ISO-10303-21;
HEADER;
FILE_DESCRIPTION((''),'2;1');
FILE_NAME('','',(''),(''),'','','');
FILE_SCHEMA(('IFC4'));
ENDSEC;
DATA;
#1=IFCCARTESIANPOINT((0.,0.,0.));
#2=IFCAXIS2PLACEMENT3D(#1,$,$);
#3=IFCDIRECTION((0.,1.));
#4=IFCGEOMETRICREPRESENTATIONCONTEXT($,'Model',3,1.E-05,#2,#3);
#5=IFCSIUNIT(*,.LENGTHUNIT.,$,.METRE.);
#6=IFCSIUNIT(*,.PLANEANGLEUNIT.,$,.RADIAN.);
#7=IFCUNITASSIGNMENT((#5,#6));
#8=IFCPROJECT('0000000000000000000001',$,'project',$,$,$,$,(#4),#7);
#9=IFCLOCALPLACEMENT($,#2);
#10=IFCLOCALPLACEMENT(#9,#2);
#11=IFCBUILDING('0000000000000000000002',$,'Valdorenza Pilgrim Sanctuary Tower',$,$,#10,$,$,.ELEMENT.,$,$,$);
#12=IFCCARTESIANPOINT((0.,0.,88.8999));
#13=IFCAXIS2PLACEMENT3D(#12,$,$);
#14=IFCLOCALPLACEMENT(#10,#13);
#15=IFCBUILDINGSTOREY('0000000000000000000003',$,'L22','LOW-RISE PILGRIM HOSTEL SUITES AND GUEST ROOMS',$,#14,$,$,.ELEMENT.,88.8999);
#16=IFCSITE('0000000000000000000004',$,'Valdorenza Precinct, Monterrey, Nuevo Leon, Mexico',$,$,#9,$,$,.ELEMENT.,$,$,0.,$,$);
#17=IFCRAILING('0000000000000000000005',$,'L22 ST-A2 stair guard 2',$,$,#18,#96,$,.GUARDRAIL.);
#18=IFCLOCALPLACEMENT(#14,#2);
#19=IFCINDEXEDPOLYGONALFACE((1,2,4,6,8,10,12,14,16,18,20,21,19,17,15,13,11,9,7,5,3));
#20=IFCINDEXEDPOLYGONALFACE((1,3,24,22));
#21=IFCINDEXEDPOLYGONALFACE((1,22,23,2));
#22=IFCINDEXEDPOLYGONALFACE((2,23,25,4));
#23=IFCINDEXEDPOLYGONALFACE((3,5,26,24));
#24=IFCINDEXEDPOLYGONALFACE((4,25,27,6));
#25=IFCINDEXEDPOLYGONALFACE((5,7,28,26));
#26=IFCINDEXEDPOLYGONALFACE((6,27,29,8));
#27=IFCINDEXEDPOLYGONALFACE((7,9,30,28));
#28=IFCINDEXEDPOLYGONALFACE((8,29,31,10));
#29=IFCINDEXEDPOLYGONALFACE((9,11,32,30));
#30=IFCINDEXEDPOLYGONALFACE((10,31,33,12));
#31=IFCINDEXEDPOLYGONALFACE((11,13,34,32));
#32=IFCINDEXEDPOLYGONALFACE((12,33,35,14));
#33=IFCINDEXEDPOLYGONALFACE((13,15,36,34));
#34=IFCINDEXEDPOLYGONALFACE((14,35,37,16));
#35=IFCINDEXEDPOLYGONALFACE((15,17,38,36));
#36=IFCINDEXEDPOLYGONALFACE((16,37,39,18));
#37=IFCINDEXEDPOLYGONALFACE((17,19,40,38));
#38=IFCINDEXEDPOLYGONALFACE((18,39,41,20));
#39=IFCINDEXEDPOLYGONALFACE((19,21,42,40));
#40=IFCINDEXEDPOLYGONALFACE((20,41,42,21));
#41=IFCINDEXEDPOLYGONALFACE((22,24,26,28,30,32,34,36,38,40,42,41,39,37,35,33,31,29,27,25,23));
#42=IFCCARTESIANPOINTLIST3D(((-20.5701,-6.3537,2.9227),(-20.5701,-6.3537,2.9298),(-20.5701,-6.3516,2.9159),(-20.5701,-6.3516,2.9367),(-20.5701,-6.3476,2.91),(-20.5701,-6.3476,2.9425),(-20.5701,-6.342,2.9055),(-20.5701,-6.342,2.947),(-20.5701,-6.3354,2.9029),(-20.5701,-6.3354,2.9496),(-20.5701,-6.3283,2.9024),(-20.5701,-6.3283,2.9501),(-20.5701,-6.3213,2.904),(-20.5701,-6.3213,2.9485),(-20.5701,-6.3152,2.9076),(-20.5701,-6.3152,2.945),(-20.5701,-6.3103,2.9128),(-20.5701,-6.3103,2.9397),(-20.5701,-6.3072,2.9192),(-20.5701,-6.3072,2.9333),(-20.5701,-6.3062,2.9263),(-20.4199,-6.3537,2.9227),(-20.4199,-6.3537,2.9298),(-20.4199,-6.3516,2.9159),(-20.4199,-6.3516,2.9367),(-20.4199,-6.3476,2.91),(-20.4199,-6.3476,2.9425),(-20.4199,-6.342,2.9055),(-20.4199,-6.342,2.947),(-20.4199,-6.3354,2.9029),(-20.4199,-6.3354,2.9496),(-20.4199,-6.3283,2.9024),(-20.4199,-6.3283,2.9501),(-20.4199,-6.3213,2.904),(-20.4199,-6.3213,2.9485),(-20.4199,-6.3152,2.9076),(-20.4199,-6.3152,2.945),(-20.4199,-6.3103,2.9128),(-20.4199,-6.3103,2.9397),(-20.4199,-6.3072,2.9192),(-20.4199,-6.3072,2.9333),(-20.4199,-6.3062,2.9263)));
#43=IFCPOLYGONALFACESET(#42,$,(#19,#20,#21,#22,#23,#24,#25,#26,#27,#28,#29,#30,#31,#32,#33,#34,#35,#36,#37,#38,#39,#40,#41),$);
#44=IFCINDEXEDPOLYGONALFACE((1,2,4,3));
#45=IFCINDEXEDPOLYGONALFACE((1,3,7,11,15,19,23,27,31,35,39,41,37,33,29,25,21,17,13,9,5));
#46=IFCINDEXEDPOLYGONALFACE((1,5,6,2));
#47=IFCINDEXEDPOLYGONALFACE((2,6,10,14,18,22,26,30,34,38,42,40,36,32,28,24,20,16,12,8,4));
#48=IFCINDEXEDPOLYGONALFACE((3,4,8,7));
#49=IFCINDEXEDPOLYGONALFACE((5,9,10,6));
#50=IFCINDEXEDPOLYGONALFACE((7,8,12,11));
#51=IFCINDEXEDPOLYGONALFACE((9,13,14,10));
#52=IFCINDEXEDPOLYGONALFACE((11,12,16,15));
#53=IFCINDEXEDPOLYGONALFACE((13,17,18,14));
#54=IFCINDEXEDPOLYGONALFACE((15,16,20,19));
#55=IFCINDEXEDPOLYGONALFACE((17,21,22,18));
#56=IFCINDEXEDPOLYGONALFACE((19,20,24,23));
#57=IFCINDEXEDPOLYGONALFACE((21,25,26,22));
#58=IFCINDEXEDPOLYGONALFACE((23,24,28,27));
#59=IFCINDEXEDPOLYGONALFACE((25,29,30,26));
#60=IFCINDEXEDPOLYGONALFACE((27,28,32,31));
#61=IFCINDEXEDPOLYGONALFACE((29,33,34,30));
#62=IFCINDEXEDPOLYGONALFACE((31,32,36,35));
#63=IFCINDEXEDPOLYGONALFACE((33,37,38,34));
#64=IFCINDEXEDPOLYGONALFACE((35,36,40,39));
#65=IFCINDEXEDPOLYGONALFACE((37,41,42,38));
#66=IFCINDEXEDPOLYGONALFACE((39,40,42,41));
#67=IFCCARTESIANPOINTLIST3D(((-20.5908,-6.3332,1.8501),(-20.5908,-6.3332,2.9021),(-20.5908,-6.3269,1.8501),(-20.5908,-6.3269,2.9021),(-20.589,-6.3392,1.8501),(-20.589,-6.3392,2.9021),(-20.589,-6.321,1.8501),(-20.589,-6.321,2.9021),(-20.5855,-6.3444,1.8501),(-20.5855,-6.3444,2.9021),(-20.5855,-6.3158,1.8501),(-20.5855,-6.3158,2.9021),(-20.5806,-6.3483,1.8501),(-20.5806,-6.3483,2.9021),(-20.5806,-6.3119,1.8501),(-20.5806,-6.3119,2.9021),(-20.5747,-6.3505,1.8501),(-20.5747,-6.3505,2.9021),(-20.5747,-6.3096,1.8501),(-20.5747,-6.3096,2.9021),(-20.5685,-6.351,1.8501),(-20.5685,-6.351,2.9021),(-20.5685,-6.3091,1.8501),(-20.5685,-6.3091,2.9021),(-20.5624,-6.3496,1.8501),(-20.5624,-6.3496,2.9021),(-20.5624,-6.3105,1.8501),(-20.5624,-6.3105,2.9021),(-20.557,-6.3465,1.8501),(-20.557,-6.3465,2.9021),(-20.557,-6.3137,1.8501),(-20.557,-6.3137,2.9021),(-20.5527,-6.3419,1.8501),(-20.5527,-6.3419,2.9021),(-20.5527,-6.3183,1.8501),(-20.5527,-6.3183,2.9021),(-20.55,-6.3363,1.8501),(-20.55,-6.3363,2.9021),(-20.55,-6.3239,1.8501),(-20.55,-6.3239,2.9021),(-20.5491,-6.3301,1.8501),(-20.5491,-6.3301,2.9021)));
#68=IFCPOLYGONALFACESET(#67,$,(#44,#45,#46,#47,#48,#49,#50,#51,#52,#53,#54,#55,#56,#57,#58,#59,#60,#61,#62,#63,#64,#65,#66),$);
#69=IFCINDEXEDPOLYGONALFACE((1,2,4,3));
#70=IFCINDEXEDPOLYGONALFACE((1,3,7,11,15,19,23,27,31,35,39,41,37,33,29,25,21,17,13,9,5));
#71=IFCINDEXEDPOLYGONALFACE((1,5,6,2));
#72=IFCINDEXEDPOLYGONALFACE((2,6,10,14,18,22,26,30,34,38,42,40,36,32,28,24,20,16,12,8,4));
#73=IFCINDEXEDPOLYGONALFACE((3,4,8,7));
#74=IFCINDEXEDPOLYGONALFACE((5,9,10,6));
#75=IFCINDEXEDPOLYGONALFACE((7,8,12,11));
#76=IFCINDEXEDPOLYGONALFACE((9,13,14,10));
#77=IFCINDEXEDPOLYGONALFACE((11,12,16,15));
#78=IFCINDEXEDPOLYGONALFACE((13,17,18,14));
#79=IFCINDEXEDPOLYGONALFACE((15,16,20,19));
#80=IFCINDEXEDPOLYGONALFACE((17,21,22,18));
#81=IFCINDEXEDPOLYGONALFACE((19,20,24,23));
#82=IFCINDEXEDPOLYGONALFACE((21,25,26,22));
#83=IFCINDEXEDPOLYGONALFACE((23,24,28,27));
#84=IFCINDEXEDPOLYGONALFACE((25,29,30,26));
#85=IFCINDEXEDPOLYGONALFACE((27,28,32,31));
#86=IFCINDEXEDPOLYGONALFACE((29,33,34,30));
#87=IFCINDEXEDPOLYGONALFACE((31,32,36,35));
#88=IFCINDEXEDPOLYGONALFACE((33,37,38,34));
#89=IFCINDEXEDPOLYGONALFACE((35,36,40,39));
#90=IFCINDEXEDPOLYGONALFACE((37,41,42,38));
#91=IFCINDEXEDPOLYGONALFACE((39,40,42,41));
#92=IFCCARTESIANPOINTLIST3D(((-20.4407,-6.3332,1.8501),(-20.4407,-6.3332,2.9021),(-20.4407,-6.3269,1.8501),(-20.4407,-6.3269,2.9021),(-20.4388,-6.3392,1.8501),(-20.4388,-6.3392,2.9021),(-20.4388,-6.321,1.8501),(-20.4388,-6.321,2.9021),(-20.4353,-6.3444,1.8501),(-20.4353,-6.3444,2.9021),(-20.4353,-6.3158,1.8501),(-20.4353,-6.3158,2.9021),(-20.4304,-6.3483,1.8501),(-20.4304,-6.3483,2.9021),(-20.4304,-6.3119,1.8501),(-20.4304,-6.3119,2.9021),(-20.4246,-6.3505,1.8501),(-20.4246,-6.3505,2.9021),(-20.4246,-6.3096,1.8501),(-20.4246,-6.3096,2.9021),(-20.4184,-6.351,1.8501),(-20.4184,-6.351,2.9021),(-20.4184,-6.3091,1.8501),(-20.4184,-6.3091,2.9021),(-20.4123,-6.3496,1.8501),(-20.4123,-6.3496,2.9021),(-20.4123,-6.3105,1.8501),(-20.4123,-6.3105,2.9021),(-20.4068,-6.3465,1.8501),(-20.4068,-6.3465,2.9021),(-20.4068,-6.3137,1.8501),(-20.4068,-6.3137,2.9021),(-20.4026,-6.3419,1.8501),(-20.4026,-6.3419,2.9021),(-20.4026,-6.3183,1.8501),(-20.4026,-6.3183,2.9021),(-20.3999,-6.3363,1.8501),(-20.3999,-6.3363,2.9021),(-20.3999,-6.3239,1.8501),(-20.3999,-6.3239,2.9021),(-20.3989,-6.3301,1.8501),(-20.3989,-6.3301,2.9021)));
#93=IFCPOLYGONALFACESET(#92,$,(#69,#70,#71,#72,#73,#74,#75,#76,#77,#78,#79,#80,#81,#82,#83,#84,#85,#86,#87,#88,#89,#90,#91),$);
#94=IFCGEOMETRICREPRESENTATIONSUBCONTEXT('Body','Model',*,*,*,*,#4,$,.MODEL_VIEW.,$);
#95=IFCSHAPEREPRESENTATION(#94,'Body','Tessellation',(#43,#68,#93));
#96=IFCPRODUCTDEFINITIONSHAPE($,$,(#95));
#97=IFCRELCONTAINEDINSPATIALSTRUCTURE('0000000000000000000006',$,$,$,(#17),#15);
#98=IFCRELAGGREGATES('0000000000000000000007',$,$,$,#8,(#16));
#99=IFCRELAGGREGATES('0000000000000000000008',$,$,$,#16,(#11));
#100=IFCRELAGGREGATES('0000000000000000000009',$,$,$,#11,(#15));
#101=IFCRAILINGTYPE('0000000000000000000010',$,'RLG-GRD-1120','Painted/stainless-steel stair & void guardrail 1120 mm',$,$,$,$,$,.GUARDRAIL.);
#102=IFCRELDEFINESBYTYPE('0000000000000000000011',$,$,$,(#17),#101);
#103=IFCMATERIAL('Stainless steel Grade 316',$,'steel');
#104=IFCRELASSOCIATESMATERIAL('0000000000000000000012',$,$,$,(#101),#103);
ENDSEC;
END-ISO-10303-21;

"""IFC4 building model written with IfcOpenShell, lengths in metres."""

from ifc_helpers import new_model, si_unit, direction, frame, origin, origin_2d, place, context, subcontext, project, spatial, circle, extrude, material, type_object, element, save


model = new_model("IFC4")

# Units and contexts
model_context = context("Model", 3, precision=1e-05, world=origin(), true_north=direction((0.0, 1.0)))
body_context = subcontext(model_context, "Body", "Model", "MODEL_VIEW")
ifc_project = project(units=[si_unit("LENGTHUNIT", "METRE"), si_unit("PLANEANGLEUNIT", "RADIAN")], contexts=[model_context])

# Site, building, storey
site_placement = place(None, origin())
site = spatial("IfcSite", under=ifc_project, at=site_placement, Name="Valdorenza Precinct, Monterrey, Nuevo Leon, Mexico", CompositionType="ELEMENT", RefElevation=0.0)
building_placement = place(site_placement, origin())
building = spatial("IfcBuilding", under=site, at=building_placement, Name="Valdorenza Pilgrim Sanctuary Tower", CompositionType="ELEMENT")
storey_placement = place(building_placement, frame((0.0, 0.0, 88.8999)))
storey = spatial("IfcBuildingStorey", under=building, at=storey_placement, Name="L22", Description="LOW-RISE PILGRIM HOSTEL SUITES AND GUEST ROOMS", CompositionType="ELEMENT", Elevation=88.8999)

# Railing
ifc_material_1 = material(Name="Stainless steel Grade 316", Category="steel")
railing_type_1 = type_object("IfcRailingType", Name="RLG-GRD-1120", Description="Painted/stainless-steel stair & void guardrail 1120 mm", PredefinedType="GUARDRAIL", material=ifc_material_1)
railing_1_placement = place(storey_placement, frame((-20.5701, -6.3301, 1.8501)))
element("IfcRailing", 1, at=railing_1_placement, inside=storey, type_object=railing_type_1, Name="L22 ST-A2 stair guard 2", PredefinedType="GUARDRAIL", context=body_context, shape_type="SweptSolid", body=[
    extrude(circle(Radius=0.0239, at=origin_2d()), frame((0.0, 0.0, 1.0762), z_axis=(1.0, 0.0, 0.0), x_axis=(0.0, 1.0, 0.0)), (0.0, 0.0, 1.0), 0.1501),
    extrude(circle(Radius=0.021, at=origin_2d()), origin(), (0.0, 0.0, 1.0), 1.052),
    extrude(circle(Radius=0.021, at=origin_2d()), frame((0.1501, 0.0, 0.0)), (0.0, 0.0, 1.0), 1.052),
])

save(model, "model.ifc")
